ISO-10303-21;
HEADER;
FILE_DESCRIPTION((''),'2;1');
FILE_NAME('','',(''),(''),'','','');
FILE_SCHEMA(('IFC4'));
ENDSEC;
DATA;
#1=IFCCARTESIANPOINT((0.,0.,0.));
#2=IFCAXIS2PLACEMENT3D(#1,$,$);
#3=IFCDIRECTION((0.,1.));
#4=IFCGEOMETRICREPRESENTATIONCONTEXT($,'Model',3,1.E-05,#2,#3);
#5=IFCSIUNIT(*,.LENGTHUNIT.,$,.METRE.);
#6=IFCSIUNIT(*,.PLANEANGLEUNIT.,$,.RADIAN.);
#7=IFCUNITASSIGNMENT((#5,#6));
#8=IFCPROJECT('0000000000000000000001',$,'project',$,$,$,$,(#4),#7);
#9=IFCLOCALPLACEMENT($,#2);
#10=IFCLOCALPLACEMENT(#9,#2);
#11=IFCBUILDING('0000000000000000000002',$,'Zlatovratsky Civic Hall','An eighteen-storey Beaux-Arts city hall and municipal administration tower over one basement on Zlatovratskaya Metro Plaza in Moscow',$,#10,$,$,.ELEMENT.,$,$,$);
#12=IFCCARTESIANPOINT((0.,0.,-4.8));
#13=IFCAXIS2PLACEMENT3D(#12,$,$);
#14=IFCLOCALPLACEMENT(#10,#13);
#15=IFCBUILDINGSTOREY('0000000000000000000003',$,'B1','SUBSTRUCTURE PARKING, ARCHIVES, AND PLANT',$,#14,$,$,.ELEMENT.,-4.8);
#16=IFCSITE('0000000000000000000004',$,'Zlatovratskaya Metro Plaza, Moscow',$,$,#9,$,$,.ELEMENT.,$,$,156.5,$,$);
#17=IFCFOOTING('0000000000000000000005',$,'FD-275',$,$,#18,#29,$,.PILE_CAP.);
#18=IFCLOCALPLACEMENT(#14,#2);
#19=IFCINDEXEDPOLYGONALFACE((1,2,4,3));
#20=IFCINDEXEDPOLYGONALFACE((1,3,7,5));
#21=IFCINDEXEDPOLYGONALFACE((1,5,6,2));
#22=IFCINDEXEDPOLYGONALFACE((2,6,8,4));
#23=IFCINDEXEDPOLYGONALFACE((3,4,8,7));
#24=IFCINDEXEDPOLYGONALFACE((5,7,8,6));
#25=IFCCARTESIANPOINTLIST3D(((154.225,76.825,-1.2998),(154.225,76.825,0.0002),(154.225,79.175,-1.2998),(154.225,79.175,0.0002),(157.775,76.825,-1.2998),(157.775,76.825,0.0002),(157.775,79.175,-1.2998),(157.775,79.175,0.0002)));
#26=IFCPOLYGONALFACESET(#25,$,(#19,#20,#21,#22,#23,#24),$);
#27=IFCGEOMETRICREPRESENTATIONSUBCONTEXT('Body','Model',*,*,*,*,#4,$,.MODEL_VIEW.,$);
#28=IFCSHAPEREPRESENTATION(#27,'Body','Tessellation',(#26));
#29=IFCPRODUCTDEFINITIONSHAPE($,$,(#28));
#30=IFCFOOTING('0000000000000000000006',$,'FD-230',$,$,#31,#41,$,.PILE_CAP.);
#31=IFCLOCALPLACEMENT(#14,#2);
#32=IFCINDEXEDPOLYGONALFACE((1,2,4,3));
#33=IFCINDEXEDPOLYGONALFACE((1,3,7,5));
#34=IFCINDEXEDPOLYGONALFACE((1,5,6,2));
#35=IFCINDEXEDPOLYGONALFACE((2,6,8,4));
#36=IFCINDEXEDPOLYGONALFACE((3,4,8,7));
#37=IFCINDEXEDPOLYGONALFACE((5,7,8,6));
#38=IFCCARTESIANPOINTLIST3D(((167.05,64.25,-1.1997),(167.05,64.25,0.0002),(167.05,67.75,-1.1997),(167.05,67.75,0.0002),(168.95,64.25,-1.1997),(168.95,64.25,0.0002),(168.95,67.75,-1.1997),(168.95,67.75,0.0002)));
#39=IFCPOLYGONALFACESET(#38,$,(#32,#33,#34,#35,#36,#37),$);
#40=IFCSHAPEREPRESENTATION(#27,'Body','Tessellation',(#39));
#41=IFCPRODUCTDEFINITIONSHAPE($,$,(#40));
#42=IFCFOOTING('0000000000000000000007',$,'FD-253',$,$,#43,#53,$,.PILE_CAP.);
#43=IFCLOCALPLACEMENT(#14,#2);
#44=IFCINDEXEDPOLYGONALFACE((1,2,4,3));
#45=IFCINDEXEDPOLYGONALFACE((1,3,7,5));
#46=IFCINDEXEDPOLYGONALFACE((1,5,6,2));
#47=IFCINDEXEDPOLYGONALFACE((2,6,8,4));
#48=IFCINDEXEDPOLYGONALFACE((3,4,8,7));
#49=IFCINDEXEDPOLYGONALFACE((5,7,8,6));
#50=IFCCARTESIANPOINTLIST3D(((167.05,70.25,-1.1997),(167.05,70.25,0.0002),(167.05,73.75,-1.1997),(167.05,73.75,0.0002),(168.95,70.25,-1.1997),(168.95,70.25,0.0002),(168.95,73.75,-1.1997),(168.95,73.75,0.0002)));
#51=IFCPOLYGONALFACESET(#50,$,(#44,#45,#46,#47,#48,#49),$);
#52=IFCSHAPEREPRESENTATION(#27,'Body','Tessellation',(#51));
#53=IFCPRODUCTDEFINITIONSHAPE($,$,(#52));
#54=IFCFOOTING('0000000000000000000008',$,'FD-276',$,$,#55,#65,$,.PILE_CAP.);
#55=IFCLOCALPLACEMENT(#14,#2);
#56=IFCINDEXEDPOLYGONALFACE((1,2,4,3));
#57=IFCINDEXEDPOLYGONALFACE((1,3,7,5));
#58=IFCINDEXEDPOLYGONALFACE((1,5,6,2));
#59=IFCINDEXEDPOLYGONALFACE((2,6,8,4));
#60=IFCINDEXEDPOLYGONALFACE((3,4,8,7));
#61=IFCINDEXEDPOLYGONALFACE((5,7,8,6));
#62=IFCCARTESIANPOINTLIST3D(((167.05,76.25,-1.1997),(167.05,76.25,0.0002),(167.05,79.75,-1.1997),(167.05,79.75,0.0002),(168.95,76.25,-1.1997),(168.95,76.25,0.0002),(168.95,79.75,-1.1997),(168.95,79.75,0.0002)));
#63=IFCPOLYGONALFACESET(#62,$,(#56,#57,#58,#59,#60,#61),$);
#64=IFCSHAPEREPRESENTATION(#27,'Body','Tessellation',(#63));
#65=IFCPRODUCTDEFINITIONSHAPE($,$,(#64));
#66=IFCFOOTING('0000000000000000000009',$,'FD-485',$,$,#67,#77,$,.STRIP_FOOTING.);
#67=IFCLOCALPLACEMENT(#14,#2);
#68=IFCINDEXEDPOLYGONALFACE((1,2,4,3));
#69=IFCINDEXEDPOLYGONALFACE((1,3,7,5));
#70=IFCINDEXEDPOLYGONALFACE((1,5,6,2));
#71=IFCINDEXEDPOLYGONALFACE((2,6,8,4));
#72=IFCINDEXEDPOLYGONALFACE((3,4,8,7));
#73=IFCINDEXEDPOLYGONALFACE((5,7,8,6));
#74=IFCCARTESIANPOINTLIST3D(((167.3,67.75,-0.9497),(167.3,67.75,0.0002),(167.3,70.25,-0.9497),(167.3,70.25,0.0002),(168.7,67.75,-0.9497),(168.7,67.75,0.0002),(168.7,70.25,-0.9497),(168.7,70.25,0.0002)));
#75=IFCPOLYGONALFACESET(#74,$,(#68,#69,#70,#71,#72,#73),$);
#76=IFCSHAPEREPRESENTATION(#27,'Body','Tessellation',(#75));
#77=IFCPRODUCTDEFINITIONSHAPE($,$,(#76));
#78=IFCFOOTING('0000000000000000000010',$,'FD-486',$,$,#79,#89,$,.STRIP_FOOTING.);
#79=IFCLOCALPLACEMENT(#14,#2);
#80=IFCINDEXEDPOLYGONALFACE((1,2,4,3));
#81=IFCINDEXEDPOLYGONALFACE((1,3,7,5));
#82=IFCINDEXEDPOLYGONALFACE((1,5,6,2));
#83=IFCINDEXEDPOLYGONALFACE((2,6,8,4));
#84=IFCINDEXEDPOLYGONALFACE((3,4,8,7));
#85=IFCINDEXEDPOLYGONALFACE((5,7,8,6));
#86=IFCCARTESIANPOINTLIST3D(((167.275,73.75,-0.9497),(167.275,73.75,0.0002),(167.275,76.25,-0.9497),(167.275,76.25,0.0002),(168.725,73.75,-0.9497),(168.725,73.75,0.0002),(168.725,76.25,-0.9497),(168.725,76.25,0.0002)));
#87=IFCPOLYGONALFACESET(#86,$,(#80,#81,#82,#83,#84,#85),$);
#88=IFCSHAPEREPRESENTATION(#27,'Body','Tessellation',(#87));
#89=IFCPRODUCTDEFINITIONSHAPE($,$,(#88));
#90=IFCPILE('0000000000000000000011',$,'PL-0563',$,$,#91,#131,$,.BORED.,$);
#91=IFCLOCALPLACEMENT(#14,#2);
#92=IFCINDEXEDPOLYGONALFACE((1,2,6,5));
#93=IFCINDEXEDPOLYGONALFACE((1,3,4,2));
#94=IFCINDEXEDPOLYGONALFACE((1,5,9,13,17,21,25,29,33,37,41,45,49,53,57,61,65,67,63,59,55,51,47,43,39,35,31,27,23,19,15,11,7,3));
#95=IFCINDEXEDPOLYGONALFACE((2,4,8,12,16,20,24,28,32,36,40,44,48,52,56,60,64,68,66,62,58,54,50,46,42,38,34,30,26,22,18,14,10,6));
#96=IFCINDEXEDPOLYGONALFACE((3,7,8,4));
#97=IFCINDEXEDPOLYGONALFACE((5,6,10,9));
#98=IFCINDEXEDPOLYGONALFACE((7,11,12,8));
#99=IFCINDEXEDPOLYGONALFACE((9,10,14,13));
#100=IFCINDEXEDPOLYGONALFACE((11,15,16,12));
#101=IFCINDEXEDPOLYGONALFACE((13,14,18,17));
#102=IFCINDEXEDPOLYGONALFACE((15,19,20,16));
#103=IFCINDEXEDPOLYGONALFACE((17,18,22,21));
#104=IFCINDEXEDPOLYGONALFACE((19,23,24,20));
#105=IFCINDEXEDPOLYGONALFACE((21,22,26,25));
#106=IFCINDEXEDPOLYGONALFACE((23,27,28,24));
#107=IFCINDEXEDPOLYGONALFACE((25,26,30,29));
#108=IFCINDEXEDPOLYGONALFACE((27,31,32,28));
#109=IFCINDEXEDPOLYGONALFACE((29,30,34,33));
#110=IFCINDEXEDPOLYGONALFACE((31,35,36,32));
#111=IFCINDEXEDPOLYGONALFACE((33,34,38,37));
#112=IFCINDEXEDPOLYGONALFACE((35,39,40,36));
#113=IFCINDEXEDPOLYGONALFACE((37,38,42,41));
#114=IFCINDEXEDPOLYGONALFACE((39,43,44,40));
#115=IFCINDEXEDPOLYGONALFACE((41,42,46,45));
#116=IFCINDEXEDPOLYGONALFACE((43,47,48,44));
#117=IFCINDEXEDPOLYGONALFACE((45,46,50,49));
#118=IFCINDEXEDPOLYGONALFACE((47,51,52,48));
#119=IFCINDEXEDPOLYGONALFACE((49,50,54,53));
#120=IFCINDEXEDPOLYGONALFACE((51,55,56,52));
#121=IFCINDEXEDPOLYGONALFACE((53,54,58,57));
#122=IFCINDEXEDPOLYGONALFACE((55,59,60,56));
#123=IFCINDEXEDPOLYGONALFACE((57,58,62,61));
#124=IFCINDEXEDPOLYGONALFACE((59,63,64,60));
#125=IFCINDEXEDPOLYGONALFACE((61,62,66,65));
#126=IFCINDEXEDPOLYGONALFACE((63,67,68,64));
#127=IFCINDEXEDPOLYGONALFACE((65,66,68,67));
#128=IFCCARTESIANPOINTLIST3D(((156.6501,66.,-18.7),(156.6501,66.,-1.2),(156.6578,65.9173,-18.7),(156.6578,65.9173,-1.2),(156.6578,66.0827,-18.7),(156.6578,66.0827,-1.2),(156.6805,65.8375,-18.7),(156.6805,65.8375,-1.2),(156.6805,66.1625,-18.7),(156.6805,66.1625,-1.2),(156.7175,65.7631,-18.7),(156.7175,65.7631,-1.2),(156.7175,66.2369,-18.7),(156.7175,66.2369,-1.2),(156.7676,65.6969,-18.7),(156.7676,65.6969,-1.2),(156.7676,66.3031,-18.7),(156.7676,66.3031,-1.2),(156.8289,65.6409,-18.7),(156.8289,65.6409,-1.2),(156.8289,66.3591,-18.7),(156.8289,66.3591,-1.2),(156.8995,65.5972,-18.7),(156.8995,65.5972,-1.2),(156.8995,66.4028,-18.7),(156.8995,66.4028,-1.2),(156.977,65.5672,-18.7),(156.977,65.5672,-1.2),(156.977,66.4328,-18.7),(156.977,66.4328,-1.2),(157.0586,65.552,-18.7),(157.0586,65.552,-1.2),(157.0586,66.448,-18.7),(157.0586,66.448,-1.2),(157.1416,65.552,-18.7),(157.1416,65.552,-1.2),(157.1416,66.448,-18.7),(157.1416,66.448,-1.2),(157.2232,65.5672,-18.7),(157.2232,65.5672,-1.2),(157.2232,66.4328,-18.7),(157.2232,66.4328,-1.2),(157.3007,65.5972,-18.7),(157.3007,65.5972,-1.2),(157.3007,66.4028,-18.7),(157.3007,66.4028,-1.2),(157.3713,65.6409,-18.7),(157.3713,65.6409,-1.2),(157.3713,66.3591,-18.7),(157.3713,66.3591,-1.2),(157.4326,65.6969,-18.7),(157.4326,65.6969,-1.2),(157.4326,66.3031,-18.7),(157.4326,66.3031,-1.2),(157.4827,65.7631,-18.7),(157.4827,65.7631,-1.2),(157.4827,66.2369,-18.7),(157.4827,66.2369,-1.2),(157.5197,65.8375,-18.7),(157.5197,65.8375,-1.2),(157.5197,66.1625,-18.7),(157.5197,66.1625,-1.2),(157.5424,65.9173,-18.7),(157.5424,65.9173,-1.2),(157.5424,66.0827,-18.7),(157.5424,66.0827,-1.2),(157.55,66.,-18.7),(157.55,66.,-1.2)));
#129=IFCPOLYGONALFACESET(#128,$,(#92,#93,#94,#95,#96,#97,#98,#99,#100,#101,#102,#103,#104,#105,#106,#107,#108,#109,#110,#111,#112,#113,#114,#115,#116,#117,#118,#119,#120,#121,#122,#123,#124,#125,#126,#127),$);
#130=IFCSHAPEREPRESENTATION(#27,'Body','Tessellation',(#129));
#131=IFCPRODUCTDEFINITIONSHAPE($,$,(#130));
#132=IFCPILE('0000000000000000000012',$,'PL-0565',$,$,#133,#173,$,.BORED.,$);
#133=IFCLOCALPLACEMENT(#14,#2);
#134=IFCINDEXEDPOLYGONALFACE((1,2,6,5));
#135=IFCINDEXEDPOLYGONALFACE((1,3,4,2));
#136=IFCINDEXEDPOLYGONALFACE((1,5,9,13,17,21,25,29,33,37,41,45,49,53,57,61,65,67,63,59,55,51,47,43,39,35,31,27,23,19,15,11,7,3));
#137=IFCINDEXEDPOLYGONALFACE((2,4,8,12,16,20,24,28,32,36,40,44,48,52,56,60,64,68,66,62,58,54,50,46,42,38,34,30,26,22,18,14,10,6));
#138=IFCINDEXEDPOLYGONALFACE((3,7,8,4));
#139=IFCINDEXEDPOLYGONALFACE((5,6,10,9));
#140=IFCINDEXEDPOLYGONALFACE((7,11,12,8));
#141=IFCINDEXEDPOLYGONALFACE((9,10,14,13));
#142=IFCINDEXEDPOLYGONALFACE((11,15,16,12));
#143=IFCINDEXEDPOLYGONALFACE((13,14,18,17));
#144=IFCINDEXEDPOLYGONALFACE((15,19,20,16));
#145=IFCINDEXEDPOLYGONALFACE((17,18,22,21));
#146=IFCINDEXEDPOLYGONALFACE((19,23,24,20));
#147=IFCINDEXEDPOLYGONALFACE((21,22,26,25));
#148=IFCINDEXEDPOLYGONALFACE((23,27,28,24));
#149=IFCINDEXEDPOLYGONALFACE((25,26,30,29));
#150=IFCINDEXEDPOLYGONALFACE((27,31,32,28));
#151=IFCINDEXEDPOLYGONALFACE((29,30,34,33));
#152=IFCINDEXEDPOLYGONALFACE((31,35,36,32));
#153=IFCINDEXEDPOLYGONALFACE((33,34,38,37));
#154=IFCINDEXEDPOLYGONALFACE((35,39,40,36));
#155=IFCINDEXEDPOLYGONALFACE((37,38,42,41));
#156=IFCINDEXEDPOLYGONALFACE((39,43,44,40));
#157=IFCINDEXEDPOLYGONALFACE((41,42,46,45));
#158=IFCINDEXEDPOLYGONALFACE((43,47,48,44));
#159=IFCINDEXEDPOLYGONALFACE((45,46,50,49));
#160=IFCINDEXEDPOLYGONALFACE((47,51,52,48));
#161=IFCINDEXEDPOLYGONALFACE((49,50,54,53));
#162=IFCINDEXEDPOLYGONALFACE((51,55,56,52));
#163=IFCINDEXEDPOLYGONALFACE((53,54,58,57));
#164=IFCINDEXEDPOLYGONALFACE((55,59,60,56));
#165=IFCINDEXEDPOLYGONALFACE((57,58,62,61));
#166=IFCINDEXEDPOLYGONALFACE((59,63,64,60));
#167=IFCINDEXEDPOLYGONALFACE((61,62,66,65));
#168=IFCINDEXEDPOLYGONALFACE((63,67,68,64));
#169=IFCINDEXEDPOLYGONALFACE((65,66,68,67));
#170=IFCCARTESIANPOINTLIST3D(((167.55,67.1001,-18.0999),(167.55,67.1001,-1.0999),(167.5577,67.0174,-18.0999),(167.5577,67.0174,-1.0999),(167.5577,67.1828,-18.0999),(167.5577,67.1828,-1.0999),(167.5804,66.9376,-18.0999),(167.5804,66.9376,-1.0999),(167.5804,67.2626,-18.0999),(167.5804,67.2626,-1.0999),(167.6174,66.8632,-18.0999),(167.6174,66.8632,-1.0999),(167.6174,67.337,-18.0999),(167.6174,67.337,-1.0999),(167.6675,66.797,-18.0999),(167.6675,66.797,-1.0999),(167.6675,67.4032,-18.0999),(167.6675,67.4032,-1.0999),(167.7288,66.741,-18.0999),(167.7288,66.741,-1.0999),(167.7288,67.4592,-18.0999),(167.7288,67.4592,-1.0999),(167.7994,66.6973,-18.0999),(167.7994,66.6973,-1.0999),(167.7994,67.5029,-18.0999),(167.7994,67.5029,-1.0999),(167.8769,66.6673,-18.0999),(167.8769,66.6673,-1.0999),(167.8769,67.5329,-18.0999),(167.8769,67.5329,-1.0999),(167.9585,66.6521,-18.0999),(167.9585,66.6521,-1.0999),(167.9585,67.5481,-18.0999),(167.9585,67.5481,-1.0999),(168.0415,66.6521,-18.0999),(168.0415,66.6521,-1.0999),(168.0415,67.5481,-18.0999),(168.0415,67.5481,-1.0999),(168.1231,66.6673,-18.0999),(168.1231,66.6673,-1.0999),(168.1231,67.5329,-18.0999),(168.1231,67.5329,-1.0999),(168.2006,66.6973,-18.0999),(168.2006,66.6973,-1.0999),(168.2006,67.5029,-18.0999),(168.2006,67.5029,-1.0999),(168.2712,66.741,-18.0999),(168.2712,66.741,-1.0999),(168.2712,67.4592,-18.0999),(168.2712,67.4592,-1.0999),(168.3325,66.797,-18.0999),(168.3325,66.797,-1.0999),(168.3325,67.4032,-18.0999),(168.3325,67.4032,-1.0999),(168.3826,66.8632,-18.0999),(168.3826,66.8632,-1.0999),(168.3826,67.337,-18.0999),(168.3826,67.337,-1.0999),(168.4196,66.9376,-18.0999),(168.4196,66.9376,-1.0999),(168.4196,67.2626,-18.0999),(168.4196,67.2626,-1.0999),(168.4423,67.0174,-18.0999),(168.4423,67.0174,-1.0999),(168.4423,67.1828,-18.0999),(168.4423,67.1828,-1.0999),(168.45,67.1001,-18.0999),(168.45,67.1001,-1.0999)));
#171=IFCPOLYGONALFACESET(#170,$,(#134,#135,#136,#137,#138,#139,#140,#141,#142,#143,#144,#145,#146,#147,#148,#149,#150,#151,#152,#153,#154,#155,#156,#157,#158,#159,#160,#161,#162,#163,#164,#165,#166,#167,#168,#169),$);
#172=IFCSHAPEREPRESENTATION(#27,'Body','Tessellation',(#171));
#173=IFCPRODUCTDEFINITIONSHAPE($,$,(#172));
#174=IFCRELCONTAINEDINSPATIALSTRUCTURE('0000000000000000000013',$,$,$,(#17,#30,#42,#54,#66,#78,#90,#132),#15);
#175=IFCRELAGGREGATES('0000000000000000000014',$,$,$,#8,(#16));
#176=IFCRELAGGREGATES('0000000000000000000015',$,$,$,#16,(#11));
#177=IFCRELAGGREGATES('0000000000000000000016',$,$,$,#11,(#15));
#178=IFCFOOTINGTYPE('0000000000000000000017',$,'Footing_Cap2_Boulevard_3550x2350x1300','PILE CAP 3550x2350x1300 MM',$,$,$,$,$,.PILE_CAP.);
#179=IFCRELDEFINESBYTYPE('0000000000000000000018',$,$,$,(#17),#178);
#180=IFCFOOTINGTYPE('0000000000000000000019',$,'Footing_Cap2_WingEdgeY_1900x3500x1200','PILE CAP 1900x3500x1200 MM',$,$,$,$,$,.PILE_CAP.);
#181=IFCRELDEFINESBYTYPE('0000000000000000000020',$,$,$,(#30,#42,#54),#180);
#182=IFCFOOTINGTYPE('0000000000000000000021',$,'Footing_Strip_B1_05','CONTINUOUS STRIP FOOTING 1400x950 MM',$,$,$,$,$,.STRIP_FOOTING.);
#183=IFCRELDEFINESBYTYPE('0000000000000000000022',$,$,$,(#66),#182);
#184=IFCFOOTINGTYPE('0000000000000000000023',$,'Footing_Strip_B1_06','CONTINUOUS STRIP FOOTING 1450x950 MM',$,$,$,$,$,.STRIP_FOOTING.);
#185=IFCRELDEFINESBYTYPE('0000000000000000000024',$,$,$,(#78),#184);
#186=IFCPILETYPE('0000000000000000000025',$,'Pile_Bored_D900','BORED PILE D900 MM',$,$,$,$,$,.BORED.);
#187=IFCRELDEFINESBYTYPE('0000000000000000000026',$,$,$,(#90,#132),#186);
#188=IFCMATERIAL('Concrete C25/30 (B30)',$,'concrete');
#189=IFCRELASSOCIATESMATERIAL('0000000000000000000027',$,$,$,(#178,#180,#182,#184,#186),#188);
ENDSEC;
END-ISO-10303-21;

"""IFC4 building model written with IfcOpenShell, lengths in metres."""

from ifc_helpers import new_model, si_unit, direction, frame, origin, origin_2d, place, context, subcontext, project, spatial, rectangle, circle, extrude, material, material_profile, profile_set, type_object, element, save


model = new_model("IFC4")

# Units and contexts
model_context = context("Model", 3, precision=1e-05, world=origin(), true_north=direction((0.0, 1.0)))
body_context = subcontext(model_context, "Body", "Model", "MODEL_VIEW")
ifc_project = project(units=[si_unit("LENGTHUNIT", "METRE"), si_unit("PLANEANGLEUNIT", "RADIAN")], contexts=[model_context])

# Site, building, storey
site_placement = place(None, origin())
site = spatial("IfcSite", under=ifc_project, at=site_placement, Name="Zlatovratskaya Metro Plaza, Moscow", CompositionType="ELEMENT", RefElevation=156.5)
building_placement = place(site_placement, origin())
building = spatial("IfcBuilding", under=site, at=building_placement, Name="Zlatovratsky Civic Hall", Description="An eighteen-storey Beaux-Arts city hall and municipal administration tower over one basement on Zlatovratskaya Metro Plaza in Moscow", CompositionType="ELEMENT")
storey_placement = place(building_placement, frame((0.0, 0.0, -4.8)))
storey = spatial("IfcBuildingStorey", under=building, at=storey_placement, Name="B1", Description="SUBSTRUCTURE PARKING, ARCHIVES, AND PLANT", CompositionType="ELEMENT", Elevation=-4.8)

# Footings
ifc_material_1 = material(Name="Concrete C25/30 (B30)", Category="concrete")
footing_type_1 = type_object("IfcFootingType", Name="Footing_Cap2_Boulevard_3550x2350x1300", Description="PILE CAP 3550x2350x1300 MM", PredefinedType="PILE_CAP", material=ifc_material_1)
footing_1_placement = place(storey_placement, frame((156.0, 78.0, -1.2998), z_axis=(0.0, 0.0, 1.0), x_axis=(1.0, 0.0, 0.0)))
element("IfcFooting", 1, at=footing_1_placement, inside=storey, type_object=footing_type_1, Name="FD-275", PredefinedType="PILE_CAP", context=body_context, shape_type="SweptSolid", body=[
    extrude(rectangle(XDim=3.55, YDim=2.3501, at=origin_2d()), origin(), (0.0, 0.0, 1.0), 1.3),
])
footing_type_2 = type_object("IfcFootingType", Name="Footing_Cap2_WingEdgeY_1900x3500x1200", Description="PILE CAP 1900x3500x1200 MM", PredefinedType="PILE_CAP", material=ifc_material_1)
for number, where, z_axis, x_axis, name in (
    (2, (168.0, 66.0, -1.1997), (0.0, 0.0, 1.0), (1.0, 0.0, 0.0), "FD-230"),
    (3, (168.0, 72.0, -1.1997), (0.0, 0.0, 1.0), (1.0, 0.0, 0.0), "FD-253"),
    (4, (168.0, 78.0, -1.1997), (0.0, 0.0, 1.0), (1.0, 0.0, 0.0), "FD-276"),
):
    element("IfcFooting", number, at=place(storey_placement, frame(where, z_axis=z_axis, x_axis=x_axis)), inside=storey, type_object=footing_type_2, Name=name, PredefinedType="PILE_CAP", context=body_context, shape_type="SweptSolid", body=[
        extrude(rectangle(XDim=1.8999, YDim=3.5, at=origin_2d()), origin(), (0.0, 0.0, 1.0), 1.2),
    ])
footing_type_3 = type_object("IfcFootingType", Name="Footing_Strip_B1_05", Description="CONTINUOUS STRIP FOOTING 1400x950 MM", PredefinedType="STRIP_FOOTING", material=ifc_material_1)
footing_2_placement = place(storey_placement, frame((168.0, 69.0, -0.9497), z_axis=(0.0, 0.0, 1.0), x_axis=(1.0, 0.0, 0.0)))
element("IfcFooting", 5, at=footing_2_placement, inside=storey, type_object=footing_type_3, Name="FD-485", PredefinedType="STRIP_FOOTING", context=body_context, shape_type="SweptSolid", body=[
    extrude(rectangle(XDim=1.3999, YDim=2.5, at=origin_2d()), origin(), (0.0, 0.0, 1.0), 0.95),
])
footing_type_4 = type_object("IfcFootingType", Name="Footing_Strip_B1_06", Description="CONTINUOUS STRIP FOOTING 1450x950 MM", PredefinedType="STRIP_FOOTING", material=ifc_material_1)
footing_3_placement = place(storey_placement, frame((168.0, 75.0, -0.9497), z_axis=(0.0, 0.0, 1.0), x_axis=(1.0, 0.0, 0.0)))
element("IfcFooting", 6, at=footing_3_placement, inside=storey, type_object=footing_type_4, Name="FD-486", PredefinedType="STRIP_FOOTING", context=body_context, shape_type="SweptSolid", body=[
    extrude(rectangle(XDim=1.45, YDim=2.5, at=origin_2d()), origin(), (0.0, 0.0, 1.0), 0.95),
])

# Piles
ifc_material_profile_1 = material_profile(ifc_material_1, circle(Radius=0.45, at=origin_2d()), Name="PILE D900")
ifc_profile_set_1 = profile_set([ifc_material_profile_1], Name="Concrete C25/30 (B30)")
pile_type = type_object("IfcPileType", Name="Pile_Bored_D900", Description="BORED PILE D900 MM", PredefinedType="BORED", material=ifc_profile_set_1)
pile_1_placement = place(storey_placement, frame((157.1001, 66.0, -1.2), z_axis=(0.0, 0.0, -1.0), x_axis=(1.0, 0.0, 0.0)))
element("IfcPile", 7, at=pile_1_placement, inside=storey, type_object=pile_type, Name="PL-0563", PredefinedType="BORED", context=body_context, shape_type="SweptSolid", body=[
    extrude(circle(Radius=0.45, at=origin_2d()), origin(), (0.0, 0.0, 1.0), 17.5),
])
pile_2_placement = place(storey_placement, frame((168.0, 67.1001, -1.0999), z_axis=(0.0, 0.0, -1.0), x_axis=(1.0, 0.0, 0.0)))
element("IfcPile", 8, at=pile_2_placement, inside=storey, type_object=pile_type, Name="PL-0565", PredefinedType="BORED", context=body_context, shape_type="SweptSolid", body=[
    extrude(circle(Radius=0.45, at=origin_2d()), origin(), (0.0, 0.0, 1.0), 17.0),
])

save(model, "model.ifc")
